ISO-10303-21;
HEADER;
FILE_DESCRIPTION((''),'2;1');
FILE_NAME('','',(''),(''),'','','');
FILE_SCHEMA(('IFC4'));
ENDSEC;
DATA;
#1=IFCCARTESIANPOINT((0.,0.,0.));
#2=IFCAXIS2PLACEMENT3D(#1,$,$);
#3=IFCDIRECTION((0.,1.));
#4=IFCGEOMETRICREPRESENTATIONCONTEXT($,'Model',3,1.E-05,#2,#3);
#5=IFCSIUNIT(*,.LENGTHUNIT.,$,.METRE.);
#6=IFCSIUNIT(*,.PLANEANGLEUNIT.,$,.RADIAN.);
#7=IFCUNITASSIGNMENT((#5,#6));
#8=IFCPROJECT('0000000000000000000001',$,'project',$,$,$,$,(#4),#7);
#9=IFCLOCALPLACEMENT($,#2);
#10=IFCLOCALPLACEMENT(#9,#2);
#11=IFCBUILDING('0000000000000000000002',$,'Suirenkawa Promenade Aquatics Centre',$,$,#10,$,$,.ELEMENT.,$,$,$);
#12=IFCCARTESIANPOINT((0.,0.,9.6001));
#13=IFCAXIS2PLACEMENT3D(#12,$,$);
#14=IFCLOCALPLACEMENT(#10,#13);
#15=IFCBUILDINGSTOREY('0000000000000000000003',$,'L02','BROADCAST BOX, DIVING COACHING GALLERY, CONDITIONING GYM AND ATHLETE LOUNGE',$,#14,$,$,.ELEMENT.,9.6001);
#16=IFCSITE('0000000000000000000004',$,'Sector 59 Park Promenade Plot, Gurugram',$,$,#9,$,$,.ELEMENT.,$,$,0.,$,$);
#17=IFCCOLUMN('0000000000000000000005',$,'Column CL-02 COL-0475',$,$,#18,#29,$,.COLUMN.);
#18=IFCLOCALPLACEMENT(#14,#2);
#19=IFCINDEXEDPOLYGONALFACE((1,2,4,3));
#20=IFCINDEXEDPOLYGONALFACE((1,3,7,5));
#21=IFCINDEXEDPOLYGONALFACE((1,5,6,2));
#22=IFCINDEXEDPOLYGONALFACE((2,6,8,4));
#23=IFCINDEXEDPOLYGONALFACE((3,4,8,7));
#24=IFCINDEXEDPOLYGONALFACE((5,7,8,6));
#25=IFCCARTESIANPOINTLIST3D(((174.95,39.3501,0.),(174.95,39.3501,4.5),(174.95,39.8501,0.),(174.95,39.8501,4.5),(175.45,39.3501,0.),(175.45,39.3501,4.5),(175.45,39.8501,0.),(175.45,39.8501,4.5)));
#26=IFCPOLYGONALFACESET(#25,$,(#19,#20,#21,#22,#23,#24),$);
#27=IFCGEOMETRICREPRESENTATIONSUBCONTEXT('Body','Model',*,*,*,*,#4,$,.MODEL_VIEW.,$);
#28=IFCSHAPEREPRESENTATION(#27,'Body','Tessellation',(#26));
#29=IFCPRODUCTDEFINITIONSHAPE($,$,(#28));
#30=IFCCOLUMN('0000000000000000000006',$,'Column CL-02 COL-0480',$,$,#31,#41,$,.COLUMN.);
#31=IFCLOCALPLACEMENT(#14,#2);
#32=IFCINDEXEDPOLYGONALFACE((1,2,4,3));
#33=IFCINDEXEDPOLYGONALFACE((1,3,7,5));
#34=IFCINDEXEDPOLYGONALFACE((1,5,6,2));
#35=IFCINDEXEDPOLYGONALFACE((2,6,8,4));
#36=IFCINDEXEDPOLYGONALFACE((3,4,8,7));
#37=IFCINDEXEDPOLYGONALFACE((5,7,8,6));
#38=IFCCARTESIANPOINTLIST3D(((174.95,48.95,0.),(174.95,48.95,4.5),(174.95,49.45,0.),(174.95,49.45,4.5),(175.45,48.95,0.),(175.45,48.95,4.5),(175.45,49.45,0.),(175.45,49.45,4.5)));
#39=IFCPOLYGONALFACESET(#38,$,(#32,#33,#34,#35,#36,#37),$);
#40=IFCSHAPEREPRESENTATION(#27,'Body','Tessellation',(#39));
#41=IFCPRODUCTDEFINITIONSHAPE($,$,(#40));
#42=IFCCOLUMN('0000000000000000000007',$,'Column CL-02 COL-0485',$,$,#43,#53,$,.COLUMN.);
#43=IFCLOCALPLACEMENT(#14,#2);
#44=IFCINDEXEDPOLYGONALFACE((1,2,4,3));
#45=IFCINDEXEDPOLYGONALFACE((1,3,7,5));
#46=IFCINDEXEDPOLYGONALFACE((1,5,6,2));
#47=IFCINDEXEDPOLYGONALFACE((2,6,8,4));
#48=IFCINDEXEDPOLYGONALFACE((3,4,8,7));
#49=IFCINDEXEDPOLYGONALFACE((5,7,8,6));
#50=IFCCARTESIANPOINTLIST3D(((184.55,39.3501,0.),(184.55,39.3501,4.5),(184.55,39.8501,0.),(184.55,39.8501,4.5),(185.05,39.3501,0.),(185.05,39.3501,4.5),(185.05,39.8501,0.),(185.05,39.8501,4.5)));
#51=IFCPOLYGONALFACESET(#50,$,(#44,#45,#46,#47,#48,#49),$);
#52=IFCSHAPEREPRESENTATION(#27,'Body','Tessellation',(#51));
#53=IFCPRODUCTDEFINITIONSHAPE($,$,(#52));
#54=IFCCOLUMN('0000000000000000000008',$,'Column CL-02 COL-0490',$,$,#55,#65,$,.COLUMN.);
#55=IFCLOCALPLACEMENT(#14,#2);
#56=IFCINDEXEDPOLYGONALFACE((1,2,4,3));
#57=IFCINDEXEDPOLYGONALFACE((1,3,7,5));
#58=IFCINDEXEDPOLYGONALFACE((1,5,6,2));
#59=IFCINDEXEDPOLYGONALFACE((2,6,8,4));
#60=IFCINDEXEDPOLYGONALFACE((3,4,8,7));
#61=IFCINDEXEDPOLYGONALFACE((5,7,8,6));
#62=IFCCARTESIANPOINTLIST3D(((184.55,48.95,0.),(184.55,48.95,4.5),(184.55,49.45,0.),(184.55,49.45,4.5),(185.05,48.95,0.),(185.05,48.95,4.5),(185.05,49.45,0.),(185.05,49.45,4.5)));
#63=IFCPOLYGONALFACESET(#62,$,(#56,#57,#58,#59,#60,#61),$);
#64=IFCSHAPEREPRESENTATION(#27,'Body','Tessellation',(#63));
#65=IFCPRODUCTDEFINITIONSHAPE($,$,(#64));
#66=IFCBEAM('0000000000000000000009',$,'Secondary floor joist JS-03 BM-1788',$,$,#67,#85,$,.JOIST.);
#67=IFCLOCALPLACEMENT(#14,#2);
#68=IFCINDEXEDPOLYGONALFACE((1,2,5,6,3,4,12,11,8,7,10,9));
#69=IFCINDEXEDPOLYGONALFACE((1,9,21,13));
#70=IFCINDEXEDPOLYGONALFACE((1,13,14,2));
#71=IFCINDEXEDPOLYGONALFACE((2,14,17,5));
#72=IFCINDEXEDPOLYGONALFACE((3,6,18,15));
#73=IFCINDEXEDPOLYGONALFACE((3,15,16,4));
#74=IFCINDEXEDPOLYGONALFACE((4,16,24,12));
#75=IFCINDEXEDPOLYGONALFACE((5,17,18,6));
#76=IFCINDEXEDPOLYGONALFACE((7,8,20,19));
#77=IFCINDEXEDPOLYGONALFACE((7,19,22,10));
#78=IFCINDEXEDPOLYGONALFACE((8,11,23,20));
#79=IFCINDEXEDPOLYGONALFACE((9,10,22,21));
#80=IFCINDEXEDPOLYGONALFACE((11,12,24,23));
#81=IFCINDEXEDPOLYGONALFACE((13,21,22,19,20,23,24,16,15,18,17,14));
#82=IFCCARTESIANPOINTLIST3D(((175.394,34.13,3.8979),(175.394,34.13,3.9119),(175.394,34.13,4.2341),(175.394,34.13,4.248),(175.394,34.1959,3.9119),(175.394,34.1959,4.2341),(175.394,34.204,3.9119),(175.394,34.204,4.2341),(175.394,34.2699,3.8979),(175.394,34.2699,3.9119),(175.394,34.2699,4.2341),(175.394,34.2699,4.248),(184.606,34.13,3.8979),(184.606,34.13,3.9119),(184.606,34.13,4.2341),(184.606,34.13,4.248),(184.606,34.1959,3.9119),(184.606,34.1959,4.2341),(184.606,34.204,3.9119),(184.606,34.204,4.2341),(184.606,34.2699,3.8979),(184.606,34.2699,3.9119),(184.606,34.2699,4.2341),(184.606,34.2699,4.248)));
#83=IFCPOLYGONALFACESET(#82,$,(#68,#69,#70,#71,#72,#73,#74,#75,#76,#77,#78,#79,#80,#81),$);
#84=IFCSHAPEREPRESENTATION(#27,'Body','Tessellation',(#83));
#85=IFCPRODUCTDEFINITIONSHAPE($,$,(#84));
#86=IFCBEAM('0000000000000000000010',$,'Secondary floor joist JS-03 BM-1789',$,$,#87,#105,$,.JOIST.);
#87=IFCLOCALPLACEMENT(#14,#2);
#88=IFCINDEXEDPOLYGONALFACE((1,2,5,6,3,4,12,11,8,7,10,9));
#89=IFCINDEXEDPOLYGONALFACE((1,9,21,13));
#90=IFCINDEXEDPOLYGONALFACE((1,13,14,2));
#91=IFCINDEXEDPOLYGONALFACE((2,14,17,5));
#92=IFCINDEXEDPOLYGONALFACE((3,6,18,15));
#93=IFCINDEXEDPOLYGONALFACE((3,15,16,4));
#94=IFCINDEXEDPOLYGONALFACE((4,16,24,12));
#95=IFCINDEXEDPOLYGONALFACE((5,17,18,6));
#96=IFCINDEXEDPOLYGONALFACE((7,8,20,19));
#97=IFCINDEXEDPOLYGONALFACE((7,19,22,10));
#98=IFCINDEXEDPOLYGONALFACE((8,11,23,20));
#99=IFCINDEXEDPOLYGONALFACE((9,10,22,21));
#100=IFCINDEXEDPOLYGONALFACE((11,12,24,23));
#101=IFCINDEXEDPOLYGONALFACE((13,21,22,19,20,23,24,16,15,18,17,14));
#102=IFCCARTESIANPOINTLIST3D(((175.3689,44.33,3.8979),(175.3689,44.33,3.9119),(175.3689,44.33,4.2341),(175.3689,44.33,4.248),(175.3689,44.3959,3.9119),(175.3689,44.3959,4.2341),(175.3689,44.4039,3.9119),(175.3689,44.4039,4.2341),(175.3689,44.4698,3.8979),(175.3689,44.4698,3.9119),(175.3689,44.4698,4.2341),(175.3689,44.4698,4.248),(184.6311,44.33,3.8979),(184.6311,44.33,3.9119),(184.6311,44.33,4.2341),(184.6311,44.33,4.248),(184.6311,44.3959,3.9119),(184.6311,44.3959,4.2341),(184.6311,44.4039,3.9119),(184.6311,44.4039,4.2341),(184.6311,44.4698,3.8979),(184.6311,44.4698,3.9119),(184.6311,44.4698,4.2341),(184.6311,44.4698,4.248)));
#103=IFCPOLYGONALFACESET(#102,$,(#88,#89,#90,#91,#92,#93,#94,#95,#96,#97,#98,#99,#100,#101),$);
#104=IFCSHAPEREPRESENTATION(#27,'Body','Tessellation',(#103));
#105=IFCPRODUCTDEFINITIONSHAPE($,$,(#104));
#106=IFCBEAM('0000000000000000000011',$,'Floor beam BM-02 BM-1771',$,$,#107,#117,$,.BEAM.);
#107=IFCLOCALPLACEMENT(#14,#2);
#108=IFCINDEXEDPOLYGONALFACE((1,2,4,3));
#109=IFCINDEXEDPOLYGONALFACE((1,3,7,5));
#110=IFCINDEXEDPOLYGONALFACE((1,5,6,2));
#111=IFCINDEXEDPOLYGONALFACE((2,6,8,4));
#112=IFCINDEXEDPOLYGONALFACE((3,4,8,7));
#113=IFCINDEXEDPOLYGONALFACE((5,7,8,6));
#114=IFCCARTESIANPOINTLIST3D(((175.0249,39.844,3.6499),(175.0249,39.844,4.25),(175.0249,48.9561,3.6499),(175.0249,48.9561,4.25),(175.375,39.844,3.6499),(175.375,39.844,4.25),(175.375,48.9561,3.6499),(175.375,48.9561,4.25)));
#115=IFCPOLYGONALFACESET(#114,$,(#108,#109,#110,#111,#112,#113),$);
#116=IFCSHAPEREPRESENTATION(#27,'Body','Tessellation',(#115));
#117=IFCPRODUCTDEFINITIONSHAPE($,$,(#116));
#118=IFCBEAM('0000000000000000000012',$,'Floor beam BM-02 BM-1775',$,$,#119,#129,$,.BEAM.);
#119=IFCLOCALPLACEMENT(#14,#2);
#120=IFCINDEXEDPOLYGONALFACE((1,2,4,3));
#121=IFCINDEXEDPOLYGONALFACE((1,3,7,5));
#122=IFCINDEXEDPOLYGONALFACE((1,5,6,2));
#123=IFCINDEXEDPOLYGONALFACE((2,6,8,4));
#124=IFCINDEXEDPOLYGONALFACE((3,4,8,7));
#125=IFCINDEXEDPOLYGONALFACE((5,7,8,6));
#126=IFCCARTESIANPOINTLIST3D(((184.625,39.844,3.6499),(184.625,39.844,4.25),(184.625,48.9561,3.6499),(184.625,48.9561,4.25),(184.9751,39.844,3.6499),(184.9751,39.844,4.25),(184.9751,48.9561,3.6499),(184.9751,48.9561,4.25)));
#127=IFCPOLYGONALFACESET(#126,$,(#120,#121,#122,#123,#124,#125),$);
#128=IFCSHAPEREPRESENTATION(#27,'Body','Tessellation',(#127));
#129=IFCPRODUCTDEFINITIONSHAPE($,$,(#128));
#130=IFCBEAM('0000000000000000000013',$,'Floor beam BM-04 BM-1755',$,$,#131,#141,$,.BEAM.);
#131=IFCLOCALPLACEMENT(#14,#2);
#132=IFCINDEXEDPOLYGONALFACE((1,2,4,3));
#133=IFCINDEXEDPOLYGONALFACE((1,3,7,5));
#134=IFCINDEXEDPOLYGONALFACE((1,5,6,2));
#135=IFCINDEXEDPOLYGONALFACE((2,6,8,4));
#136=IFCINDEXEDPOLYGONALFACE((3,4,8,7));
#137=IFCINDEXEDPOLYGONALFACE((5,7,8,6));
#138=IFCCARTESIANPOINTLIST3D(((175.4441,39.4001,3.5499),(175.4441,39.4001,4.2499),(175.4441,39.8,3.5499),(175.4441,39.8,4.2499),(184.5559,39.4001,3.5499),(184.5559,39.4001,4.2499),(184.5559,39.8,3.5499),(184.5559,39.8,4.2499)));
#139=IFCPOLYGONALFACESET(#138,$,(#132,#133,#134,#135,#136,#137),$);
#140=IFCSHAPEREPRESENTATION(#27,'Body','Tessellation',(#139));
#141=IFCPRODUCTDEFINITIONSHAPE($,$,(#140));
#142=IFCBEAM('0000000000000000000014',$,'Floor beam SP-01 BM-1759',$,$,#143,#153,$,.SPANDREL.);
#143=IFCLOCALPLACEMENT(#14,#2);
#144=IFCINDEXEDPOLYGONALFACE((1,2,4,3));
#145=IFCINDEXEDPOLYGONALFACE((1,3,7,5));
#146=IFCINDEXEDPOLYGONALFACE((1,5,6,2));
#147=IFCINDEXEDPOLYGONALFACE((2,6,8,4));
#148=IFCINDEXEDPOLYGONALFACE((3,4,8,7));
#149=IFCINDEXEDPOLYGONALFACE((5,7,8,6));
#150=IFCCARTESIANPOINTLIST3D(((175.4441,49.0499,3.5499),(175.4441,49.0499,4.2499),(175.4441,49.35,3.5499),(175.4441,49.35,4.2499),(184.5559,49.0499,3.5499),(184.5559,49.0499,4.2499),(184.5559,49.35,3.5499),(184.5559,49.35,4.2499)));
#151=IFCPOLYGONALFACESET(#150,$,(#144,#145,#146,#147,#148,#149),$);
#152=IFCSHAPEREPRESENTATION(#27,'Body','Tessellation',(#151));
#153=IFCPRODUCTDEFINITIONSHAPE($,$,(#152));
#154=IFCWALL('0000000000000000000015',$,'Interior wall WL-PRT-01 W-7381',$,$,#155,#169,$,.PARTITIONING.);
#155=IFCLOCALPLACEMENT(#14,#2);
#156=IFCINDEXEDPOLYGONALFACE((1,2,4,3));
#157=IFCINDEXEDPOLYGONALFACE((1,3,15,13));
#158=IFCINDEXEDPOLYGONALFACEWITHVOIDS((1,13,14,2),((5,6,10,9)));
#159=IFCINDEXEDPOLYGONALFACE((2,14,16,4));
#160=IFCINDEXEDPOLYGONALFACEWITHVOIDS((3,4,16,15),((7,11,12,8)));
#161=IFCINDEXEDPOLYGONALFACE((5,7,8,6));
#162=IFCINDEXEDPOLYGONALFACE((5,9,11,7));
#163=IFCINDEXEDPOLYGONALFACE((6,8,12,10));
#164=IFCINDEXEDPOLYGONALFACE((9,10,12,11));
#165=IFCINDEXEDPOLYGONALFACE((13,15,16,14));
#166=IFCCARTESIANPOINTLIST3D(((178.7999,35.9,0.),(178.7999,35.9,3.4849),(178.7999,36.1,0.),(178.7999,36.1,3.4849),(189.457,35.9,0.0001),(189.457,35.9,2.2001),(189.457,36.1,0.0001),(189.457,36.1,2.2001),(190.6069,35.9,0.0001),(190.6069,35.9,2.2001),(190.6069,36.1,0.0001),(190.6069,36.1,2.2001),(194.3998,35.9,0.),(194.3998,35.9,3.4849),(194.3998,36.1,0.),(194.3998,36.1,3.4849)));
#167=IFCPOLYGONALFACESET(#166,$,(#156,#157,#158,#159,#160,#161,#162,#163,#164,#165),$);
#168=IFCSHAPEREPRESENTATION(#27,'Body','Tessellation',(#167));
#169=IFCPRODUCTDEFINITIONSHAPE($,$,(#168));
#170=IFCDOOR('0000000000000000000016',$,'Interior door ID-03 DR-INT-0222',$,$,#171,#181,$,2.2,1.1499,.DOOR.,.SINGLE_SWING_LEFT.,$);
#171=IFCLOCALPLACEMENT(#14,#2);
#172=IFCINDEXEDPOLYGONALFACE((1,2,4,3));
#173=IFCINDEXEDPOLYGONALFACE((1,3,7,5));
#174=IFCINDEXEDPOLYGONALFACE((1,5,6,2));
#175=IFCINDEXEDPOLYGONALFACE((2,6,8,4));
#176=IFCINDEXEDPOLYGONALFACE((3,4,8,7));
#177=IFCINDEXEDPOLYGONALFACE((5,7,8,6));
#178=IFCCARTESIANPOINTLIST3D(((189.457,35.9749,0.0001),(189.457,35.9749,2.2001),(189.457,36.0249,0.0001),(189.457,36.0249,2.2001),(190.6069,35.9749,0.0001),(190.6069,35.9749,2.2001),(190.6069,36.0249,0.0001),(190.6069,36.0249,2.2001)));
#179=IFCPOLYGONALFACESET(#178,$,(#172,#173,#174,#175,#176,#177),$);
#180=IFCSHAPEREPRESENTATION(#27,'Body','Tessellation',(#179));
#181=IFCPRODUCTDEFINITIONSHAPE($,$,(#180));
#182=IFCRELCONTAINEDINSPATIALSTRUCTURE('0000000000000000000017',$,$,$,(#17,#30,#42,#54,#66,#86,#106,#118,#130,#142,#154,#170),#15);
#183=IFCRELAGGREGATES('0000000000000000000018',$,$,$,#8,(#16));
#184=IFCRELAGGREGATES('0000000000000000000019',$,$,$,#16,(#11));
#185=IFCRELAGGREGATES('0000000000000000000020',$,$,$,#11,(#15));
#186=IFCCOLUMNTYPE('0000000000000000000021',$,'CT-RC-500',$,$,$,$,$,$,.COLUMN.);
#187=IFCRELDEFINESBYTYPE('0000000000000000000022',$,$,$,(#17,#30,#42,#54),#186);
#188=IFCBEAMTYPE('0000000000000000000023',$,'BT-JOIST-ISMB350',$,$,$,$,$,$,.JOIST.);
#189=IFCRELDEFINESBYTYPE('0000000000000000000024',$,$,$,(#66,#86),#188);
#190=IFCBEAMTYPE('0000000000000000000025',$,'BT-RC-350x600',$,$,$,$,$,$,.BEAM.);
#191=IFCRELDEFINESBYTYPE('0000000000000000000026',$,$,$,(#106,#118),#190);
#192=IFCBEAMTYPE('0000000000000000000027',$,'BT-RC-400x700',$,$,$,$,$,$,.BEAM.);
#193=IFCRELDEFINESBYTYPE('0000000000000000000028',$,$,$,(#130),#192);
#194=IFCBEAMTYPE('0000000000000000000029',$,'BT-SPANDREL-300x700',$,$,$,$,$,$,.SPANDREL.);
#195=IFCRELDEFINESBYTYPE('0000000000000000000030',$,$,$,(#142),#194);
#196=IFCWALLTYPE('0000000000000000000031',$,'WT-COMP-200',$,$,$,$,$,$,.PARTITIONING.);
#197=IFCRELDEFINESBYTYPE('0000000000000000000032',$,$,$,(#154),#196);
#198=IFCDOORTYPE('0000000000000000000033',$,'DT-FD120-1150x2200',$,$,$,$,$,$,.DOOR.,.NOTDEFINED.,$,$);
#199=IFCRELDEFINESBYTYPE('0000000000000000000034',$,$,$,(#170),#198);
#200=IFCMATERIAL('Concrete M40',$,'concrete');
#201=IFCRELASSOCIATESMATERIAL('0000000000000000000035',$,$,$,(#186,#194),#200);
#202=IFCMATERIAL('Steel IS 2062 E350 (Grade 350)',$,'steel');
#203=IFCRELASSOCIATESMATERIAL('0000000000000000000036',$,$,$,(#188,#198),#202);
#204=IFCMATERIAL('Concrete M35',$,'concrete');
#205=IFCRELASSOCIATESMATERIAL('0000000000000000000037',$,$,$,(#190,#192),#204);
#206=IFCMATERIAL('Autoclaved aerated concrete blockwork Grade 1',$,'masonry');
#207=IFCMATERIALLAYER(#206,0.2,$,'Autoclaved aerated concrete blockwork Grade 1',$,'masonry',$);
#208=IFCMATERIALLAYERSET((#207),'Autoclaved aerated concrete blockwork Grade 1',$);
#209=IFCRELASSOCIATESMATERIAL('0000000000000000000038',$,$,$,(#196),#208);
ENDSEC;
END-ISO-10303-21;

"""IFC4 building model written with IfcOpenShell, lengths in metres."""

from ifc_helpers import new_model, si_unit, direction, frame, frame_2d, origin, origin_2d, place, context, subcontext, project, spatial, rectangle, i_section, extrude, material, layer, layer_set, material_profile, profile_set, type_object, element, fill, save


model = new_model("IFC4")

# Units and contexts
model_context = context("Model", 3, precision=1e-05, world=origin(), true_north=direction((0.0, 1.0)))
body_context = subcontext(model_context, "Body", "Model", "MODEL_VIEW")
ifc_project = project(units=[si_unit("LENGTHUNIT", "METRE"), si_unit("PLANEANGLEUNIT", "RADIAN")], contexts=[model_context])

# Site, building, storey
site_placement = place(None, origin())
site = spatial("IfcSite", under=ifc_project, at=site_placement, Name="Sector 59 Park Promenade Plot, Gurugram", CompositionType="ELEMENT", RefElevation=0.0)
building_placement = place(site_placement, origin())
building = spatial("IfcBuilding", under=site, at=building_placement, Name="Suirenkawa Promenade Aquatics Centre", CompositionType="ELEMENT")
storey_placement = place(building_placement, frame((0.0, 0.0, 9.6001)))
storey = spatial("IfcBuildingStorey", under=building, at=storey_placement, Name="L02", Description="BROADCAST BOX, DIVING COACHING GALLERY, CONDITIONING GYM AND ATHLETE LOUNGE", CompositionType="ELEMENT", Elevation=9.6001)

# Columns
ifc_material_1 = material(Name="Concrete M40", Category="concrete")
ifc_material_profile_1 = material_profile(ifc_material_1, rectangle(XDim=0.5, YDim=0.5, at=origin_2d()), Name="RC COL 500x500", Category="concrete")
ifc_profile_set_1 = profile_set([ifc_material_profile_1], Name="Concrete M40")
column_type = type_object("IfcColumnType", Name="CT-RC-500", PredefinedType="COLUMN", material=ifc_profile_set_1)
for number, where, z_axis, x_axis, name in (
    (1, (175.2, 39.6001, 0.0), (0.0, 0.0, 1.0), (1.0, 0.0, 0.0), "Column CL-02 COL-0475"),
    (2, (175.2, 49.2, 0.0), (0.0, 0.0, 1.0), (1.0, 0.0, 0.0), "Column CL-02 COL-0480"),
    (3, (184.8, 39.6001, 0.0), (0.0, 0.0, 1.0), (1.0, 0.0, 0.0), "Column CL-02 COL-0485"),
    (4, (184.8, 49.2, 0.0), (0.0, 0.0, 1.0), (1.0, 0.0, 0.0), "Column CL-02 COL-0490"),
):
    element("IfcColumn", number, at=place(storey_placement, frame(where, z_axis=z_axis, x_axis=x_axis)), inside=storey, type_object=column_type, Name=name, PredefinedType="COLUMN", context=body_context, shape_type="SweptSolid", body=[
        extrude(rectangle(XDim=0.5, YDim=0.5, at=origin_2d()), origin(), (0.0, 0.0, 1.0), 4.5),
    ])

# Beams
ifc_material_2 = material(Name="Steel IS 2062 E350 (Grade 350)", Category="steel")
ifc_material_profile_2 = material_profile(ifc_material_2, i_section(OverallWidth=0.1399, OverallDepth=0.3501, WebThickness=0.0081, FlangeThickness=0.0139, at=origin_2d()), Name="ISMB 350", Category="steel")
ifc_profile_set_2 = profile_set([ifc_material_profile_2], Name="Steel IS 2062 E350 (Grade 350)")
beam_type_1 = type_object("IfcBeamType", Name="BT-JOIST-ISMB350", PredefinedType="JOIST", material=ifc_profile_set_2)
beam_1_placement = place(storey_placement, frame((175.394, 34.2, 4.073), z_axis=(1.0, 0.0, 0.0), x_axis=(0.0, 1.0, 0.0)))
element("IfcBeam", 5, at=beam_1_placement, inside=storey, type_object=beam_type_1, Name="Secondary floor joist JS-03 BM-1788", PredefinedType="JOIST", context=body_context, shape_type="SweptSolid", body=[
    extrude(i_section(OverallWidth=0.1399, OverallDepth=0.3501, WebThickness=0.0081, FlangeThickness=0.0139, at=origin_2d()), origin(), (0.0, 0.0, 1.0), 9.2119),
])
beam_2_placement = place(storey_placement, frame((175.3689, 44.3999, 4.073), z_axis=(1.0, 0.0, 0.0), x_axis=(0.0, 1.0, 0.0)))
element("IfcBeam", 6, at=beam_2_placement, inside=storey, type_object=beam_type_1, Name="Secondary floor joist JS-03 BM-1789", PredefinedType="JOIST", context=body_context, shape_type="SweptSolid", body=[
    extrude(i_section(OverallWidth=0.1399, OverallDepth=0.3501, WebThickness=0.0081, FlangeThickness=0.0139, at=origin_2d()), origin(), (0.0, 0.0, 1.0), 9.2622),
])
ifc_material_3 = material(Name="Concrete M35", Category="concrete")
ifc_material_profile_3 = material_profile(ifc_material_3, rectangle(XDim=0.3501, YDim=0.6001, at=origin_2d()), Name="RC BM 350x600", Category="concrete")
ifc_profile_set_3 = profile_set([ifc_material_profile_3], Name="Concrete M35")
beam_type_2 = type_object("IfcBeamType", Name="BT-RC-350x600", PredefinedType="BEAM", material=ifc_profile_set_3)
for number, where, z_axis, x_axis, name in (
    (7, (175.2, 39.844, 3.95), (0.0, 1.0, 0.0), (-1.0, 0.0, 0.0), "Floor beam BM-02 BM-1771"),
    (8, (184.8, 39.844, 3.95), (0.0, 1.0, 0.0), (-1.0, 0.0, 0.0), "Floor beam BM-02 BM-1775"),
):
    element("IfcBeam", number, at=place(storey_placement, frame(where, z_axis=z_axis, x_axis=x_axis)), inside=storey, type_object=beam_type_2, Name=name, PredefinedType="BEAM", context=body_context, shape_type="SweptSolid", body=[
        extrude(rectangle(XDim=0.3501, YDim=0.6001, at=origin_2d()), origin(), (0.0, 0.0, 1.0), 9.1121),
    ])
ifc_material_profile_4 = material_profile(ifc_material_3, rectangle(XDim=0.3999, YDim=0.7, at=origin_2d()), Name="RC BM 400x700", Category="concrete")
ifc_profile_set_4 = profile_set([ifc_material_profile_4], Name="Concrete M35")
beam_type_3 = type_object("IfcBeamType", Name="BT-RC-400x700", PredefinedType="BEAM", material=ifc_profile_set_4)
beam_3_placement = place(storey_placement, frame((175.4441, 39.6001, 3.8999), z_axis=(1.0, 0.0, 0.0), x_axis=(0.0, 1.0, 0.0)))
element("IfcBeam", 9, at=beam_3_placement, inside=storey, type_object=beam_type_3, Name="Floor beam BM-04 BM-1755", PredefinedType="BEAM", context=body_context, shape_type="SweptSolid", body=[
    extrude(rectangle(XDim=0.3999, YDim=0.7, at=origin_2d()), origin(), (0.0, 0.0, 1.0), 9.1118),
])
ifc_material_profile_5 = material_profile(ifc_material_1, rectangle(XDim=0.3, YDim=0.7, at=origin_2d()), Name="RC SPANDREL 300x700", Category="concrete")
ifc_profile_set_5 = profile_set([ifc_material_profile_5], Name="Concrete M40")
beam_type_4 = type_object("IfcBeamType", Name="BT-SPANDREL-300x700", PredefinedType="SPANDREL", material=ifc_profile_set_5)
beam_4_placement = place(storey_placement, frame((175.4441, 49.2, 3.8999), z_axis=(1.0, 0.0, 0.0), x_axis=(0.0, 1.0, 0.0)))
element("IfcBeam", 10, at=beam_4_placement, inside=storey, type_object=beam_type_4, Name="Floor beam SP-01 BM-1759", PredefinedType="SPANDREL", context=body_context, shape_type="SweptSolid", body=[
    extrude(rectangle(XDim=0.3, YDim=0.7, at=origin_2d()), origin(), (0.0, 0.0, 1.0), 9.1118),
])

# Wall, opening, door
ifc_material_4 = material(Name="Autoclaved aerated concrete blockwork Grade 1", Category="masonry")
ifc_layer_1 = layer(ifc_material_4, 0.2, Name="Autoclaved aerated concrete blockwork Grade 1", Category="masonry")
ifc_layer_set_1 = layer_set([ifc_layer_1], Name="Autoclaved aerated concrete blockwork Grade 1")
wall_type_1 = type_object("IfcWallType", Name="WT-COMP-200", PredefinedType="PARTITIONING", material=ifc_layer_set_1)
wall_1_placement = place(storey_placement, frame((178.8, 36.0, 0.0), z_axis=(0.0, 0.0, 1.0), x_axis=(1.0, 0.0, 0.0)))
wall_1 = element("IfcWall", 11, at=wall_1_placement, inside=storey, type_object=wall_type_1, Name="Interior wall WL-PRT-01 W-7381", PredefinedType="PARTITIONING", context=body_context, shape_type="SweptSolid", body=[
    extrude(rectangle(XDim=15.5999, YDim=0.2, at=frame_2d((7.7998, 0.0))), origin(), (0.0, 0.0, 1.0), 3.4849),
])
opening_1_placement = place(wall_1_placement, frame((10.657, 0.0, 0.0)))
opening_1 = element("IfcOpeningElement", 12, at=opening_1_placement, cuts=wall_1, PredefinedType="OPENING", context=body_context, shape_type="SweptSolid", body=[
    extrude(rectangle(XDim=1.1499, YDim=2.2, at=frame_2d((0.575, 1.1001))), frame((0.0, 0.1099, 0.0), z_axis=(0.0, -1.0, 0.0), x_axis=(1.0, 0.0, 0.0)), (0.0, 0.0, 1.0), 0.22),
])
door_type_1 = type_object("IfcDoorType", Name="DT-FD120-1150x2200", OperationType="NOTDEFINED", PredefinedType="DOOR", material=ifc_material_2)
door_1_placement = place(opening_1_placement, origin())
door_1 = element("IfcDoor", 13, at=door_1_placement, inside=storey, type_object=door_type_1, Name="Interior door ID-03 DR-INT-0222", OperationType="SINGLE_SWING_LEFT", OverallHeight=2.2, OverallWidth=1.1499, PredefinedType="DOOR", context=body_context, shape_type="SweptSolid", body=[
    extrude(rectangle(XDim=1.1499, YDim=2.2, at=frame_2d((0.575, 1.1001))), frame((0.0, 0.0249, 0.0), z_axis=(0.0, -1.0, 0.0), x_axis=(1.0, 0.0, 0.0)), (0.0, 0.0, 1.0), 0.05),
])
fill(opening_1, door_1)

save(model, "model.ifc")
